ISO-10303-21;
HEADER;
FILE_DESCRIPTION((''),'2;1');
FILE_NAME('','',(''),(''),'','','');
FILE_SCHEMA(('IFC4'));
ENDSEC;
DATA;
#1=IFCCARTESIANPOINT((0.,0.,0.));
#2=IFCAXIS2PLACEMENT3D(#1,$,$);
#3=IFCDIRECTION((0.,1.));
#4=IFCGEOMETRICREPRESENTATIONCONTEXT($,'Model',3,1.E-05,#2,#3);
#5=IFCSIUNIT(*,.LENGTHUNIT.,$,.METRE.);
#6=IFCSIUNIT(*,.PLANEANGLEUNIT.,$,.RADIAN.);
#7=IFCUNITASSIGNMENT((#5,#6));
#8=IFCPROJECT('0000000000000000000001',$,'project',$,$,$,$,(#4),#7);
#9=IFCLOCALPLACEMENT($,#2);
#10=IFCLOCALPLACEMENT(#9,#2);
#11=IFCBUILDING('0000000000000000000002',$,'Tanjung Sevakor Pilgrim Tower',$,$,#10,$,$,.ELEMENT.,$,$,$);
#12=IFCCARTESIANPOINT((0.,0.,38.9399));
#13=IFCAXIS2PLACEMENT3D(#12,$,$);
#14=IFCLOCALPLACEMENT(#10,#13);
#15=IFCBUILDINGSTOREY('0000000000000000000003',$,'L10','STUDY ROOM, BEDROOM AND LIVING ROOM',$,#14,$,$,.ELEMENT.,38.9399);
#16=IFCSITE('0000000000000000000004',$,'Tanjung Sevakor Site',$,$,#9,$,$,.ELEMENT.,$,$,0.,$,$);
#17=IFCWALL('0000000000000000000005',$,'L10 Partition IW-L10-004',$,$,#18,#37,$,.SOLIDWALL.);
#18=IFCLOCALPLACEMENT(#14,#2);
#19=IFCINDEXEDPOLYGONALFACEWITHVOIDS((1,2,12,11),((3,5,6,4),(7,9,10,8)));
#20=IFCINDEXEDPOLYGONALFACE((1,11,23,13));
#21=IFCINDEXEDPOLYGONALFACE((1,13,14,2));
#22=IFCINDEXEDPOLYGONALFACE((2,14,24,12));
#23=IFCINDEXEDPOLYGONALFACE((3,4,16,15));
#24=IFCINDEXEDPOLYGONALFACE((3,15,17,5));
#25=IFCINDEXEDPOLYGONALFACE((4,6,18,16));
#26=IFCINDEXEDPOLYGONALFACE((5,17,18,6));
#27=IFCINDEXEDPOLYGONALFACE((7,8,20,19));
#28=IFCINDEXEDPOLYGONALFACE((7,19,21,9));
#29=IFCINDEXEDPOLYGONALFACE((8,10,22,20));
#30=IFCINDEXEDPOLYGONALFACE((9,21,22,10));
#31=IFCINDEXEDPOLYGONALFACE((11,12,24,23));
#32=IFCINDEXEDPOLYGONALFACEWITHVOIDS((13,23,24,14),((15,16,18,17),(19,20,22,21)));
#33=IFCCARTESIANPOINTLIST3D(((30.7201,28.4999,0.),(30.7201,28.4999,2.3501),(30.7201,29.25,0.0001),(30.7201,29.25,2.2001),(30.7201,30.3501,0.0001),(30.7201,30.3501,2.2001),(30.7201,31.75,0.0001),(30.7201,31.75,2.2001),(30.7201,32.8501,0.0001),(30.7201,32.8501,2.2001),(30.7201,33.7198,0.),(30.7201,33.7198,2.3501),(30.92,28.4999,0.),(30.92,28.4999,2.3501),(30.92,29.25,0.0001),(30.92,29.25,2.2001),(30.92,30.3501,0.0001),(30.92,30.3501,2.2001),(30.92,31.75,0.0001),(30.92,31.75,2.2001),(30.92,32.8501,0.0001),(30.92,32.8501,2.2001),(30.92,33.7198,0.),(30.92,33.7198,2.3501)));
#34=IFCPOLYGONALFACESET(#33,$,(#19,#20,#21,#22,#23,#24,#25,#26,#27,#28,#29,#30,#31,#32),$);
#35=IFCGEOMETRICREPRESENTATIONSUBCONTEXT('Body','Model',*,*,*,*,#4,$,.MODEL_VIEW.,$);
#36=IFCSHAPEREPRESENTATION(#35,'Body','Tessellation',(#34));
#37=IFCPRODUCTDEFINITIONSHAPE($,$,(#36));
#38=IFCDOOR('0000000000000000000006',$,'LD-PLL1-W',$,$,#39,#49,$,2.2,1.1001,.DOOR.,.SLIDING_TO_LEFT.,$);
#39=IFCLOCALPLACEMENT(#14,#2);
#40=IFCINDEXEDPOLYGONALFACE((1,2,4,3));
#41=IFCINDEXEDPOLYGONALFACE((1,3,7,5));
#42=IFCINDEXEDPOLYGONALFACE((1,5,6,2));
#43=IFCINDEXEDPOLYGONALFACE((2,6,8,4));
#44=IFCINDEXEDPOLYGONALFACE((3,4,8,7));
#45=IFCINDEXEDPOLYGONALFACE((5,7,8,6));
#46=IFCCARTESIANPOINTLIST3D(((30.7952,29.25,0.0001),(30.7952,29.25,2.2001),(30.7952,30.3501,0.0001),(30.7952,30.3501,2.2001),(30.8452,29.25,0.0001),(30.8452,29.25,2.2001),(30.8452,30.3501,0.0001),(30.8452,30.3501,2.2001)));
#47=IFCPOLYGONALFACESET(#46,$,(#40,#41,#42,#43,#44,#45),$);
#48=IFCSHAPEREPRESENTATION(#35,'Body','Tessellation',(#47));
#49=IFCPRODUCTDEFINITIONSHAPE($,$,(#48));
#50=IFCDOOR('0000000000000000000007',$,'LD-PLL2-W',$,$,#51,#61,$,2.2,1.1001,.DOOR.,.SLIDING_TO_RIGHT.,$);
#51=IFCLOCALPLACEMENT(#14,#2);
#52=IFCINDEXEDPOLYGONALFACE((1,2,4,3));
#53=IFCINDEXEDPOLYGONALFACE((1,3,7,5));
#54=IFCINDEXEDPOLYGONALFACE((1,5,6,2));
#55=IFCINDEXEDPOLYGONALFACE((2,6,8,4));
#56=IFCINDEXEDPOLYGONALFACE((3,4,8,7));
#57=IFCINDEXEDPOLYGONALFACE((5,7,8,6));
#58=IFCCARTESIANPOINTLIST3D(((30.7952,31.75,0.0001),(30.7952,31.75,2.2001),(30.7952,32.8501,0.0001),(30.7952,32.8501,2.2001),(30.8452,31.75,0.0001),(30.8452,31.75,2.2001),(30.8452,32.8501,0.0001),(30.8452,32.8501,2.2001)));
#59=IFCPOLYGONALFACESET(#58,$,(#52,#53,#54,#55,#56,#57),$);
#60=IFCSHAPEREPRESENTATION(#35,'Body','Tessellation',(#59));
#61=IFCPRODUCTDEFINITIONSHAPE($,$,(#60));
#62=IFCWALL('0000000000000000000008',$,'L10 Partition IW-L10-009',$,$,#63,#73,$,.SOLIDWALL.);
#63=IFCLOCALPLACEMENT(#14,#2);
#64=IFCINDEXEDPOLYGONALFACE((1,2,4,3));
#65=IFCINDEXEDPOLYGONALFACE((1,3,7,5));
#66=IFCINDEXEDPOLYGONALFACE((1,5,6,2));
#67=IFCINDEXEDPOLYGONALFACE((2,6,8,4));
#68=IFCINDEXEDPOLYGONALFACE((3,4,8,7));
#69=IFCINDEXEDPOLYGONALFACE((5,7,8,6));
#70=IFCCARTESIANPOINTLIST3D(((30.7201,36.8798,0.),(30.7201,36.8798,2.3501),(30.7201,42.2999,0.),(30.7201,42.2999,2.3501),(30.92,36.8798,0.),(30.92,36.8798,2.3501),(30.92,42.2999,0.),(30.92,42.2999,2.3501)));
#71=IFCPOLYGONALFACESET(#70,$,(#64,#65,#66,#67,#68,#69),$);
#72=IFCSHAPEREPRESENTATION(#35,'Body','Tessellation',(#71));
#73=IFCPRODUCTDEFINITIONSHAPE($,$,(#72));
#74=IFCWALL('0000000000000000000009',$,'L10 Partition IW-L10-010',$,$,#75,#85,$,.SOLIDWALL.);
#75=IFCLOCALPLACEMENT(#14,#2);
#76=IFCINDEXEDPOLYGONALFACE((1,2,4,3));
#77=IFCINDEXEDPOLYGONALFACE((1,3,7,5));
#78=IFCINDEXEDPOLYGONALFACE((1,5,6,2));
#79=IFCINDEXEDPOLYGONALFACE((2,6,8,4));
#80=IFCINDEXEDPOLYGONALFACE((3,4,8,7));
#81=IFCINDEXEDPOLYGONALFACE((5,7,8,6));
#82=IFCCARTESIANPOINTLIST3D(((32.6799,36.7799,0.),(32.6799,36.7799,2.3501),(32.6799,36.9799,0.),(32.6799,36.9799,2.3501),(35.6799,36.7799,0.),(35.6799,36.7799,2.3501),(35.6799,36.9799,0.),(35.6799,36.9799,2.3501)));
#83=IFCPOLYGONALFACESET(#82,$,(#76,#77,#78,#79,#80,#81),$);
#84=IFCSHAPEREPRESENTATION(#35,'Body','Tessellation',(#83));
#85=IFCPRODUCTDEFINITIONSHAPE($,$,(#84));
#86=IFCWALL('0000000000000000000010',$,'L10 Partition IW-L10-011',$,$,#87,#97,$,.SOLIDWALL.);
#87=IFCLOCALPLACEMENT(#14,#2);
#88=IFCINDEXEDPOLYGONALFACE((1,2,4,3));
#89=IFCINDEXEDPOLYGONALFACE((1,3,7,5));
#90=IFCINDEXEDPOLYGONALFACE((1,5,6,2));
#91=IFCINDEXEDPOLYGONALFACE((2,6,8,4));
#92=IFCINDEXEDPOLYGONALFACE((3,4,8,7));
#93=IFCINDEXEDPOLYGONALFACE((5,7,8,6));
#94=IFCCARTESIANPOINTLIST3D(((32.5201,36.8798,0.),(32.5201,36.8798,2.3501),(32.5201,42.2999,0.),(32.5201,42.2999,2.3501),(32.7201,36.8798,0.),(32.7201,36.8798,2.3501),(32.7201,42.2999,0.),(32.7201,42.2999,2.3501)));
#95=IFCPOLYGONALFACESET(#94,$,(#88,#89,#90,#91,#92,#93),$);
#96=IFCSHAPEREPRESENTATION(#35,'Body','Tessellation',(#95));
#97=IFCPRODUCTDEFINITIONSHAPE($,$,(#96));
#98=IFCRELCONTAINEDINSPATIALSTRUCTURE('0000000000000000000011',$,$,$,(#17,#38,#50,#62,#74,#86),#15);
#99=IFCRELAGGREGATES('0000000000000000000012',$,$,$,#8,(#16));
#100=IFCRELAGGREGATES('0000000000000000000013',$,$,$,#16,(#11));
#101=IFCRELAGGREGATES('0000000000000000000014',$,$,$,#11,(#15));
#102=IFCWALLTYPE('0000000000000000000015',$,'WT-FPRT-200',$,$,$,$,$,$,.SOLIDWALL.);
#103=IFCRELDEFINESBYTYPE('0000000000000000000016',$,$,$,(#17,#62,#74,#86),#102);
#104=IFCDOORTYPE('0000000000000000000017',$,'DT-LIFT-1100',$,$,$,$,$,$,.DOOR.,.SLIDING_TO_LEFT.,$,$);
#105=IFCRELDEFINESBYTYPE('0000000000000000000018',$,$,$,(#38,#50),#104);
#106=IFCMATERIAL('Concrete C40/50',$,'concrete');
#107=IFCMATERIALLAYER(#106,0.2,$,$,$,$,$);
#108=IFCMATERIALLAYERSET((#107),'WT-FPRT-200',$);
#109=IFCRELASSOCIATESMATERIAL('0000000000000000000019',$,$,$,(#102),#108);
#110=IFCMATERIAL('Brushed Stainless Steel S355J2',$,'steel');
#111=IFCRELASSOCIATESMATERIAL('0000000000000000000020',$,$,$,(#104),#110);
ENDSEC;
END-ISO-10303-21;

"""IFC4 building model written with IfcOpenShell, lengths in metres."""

from ifc_helpers import new_model, si_unit, direction, frame, frame_2d, origin, place, context, subcontext, project, spatial, rectangle, extrude, material, layer, layer_set, type_object, element, fill, save


model = new_model("IFC4")

# Units and contexts
model_context = context("Model", 3, precision=1e-05, world=origin(), true_north=direction((0.0, 1.0)))
body_context = subcontext(model_context, "Body", "Model", "MODEL_VIEW")
ifc_project = project(units=[si_unit("LENGTHUNIT", "METRE"), si_unit("PLANEANGLEUNIT", "RADIAN")], contexts=[model_context])

# Site, building, storey
site_placement = place(None, origin())
site = spatial("IfcSite", under=ifc_project, at=site_placement, Name="Tanjung Sevakor Site", CompositionType="ELEMENT", RefElevation=0.0)
building_placement = place(site_placement, origin())
building = spatial("IfcBuilding", under=site, at=building_placement, Name="Tanjung Sevakor Pilgrim Tower", CompositionType="ELEMENT")
storey_placement = place(building_placement, frame((0.0, 0.0, 38.9399)))
storey = spatial("IfcBuildingStorey", under=building, at=storey_placement, Name="L10", Description="STUDY ROOM, BEDROOM AND LIVING ROOM", CompositionType="ELEMENT", Elevation=38.9399)

# Shared definitions
ifc_material_1 = material(Name="Concrete C40/50", Category="concrete")
ifc_layer_1 = layer(ifc_material_1, 0.2)
ifc_layer_set_1 = layer_set([ifc_layer_1], Name="WT-FPRT-200")
wall_type_1 = type_object("IfcWallType", Name="WT-FPRT-200", PredefinedType="SOLIDWALL", material=ifc_layer_set_1)
ifc_material_2 = material(Name="Brushed Stainless Steel S355J2", Category="steel")
door_type_1 = type_object("IfcDoorType", Name="DT-LIFT-1100", OperationType="SLIDING_TO_LEFT", PredefinedType="DOOR", material=ifc_material_2)

# Wall, openings, doors
wall_1_placement = place(storey_placement, frame((30.8201, 28.5, 0.0), z_axis=(0.0, 0.0, 1.0), x_axis=(0.0, 1.0, 0.0)))
wall_1 = element("IfcWall", 1, at=wall_1_placement, inside=storey, type_object=wall_type_1, Name="L10 Partition IW-L10-004", PredefinedType="SOLIDWALL", context=body_context, shape_type="SweptSolid", body=[
    extrude(rectangle(XDim=5.22, YDim=0.2, at=frame_2d((2.6099, 0.0))), origin(), (0.0, 0.0, 1.0), 2.3501),
])
opening_1_placement = place(wall_1_placement, frame((0.75, 0.0, 0.0)))
opening_1 = element("IfcOpeningElement", 2, at=opening_1_placement, cuts=wall_1, PredefinedType="OPENING", context=body_context, shape_type="SweptSolid", body=[
    extrude(rectangle(XDim=1.1001, YDim=2.2, at=frame_2d((0.55, 1.1001))), frame((0.0, 0.1099, 0.0), z_axis=(0.0, -1.0, 0.0), x_axis=(1.0, 0.0, 0.0)), (0.0, 0.0, 1.0), 0.22),
])
opening_2_placement = place(wall_1_placement, frame((3.25, 0.0, 0.0)))
opening_2 = element("IfcOpeningElement", 3, at=opening_2_placement, cuts=wall_1, PredefinedType="OPENING", context=body_context, shape_type="SweptSolid", body=[
    extrude(rectangle(XDim=1.1001, YDim=2.2, at=frame_2d((0.55, 1.1001))), frame((0.0, 0.1099, 0.0), z_axis=(0.0, -1.0, 0.0), x_axis=(1.0, 0.0, 0.0)), (0.0, 0.0, 1.0), 0.22),
])
door_1_placement = place(opening_1_placement, origin())
door_1 = element("IfcDoor", 4, at=door_1_placement, inside=storey, type_object=door_type_1, Name="LD-PLL1-W", OperationType="SLIDING_TO_LEFT", OverallHeight=2.2, OverallWidth=1.1001, PredefinedType="DOOR", context=body_context, shape_type="SweptSolid", body=[
    extrude(rectangle(XDim=1.1001, YDim=2.2, at=frame_2d((0.55, 1.1001))), frame((0.0, 0.0249, 0.0), z_axis=(0.0, -1.0, 0.0), x_axis=(1.0, 0.0, 0.0)), (0.0, 0.0, 1.0), 0.05),
])
fill(opening_1, door_1)
door_2_placement = place(opening_2_placement, origin())
door_2 = element("IfcDoor", 5, at=door_2_placement, inside=storey, type_object=door_type_1, Name="LD-PLL2-W", OperationType="SLIDING_TO_RIGHT", OverallHeight=2.2, OverallWidth=1.1001, PredefinedType="DOOR", context=body_context, shape_type="SweptSolid", body=[
    extrude(rectangle(XDim=1.1001, YDim=2.2, at=frame_2d((0.55, 1.1001))), frame((0.0, 0.0249, 0.0), z_axis=(0.0, -1.0, 0.0), x_axis=(1.0, 0.0, 0.0)), (0.0, 0.0, 1.0), 0.05),
])
fill(opening_2, door_2)

# Walls
wall_2_placement = place(storey_placement, frame((30.8201, 36.8799, 0.0), z_axis=(0.0, 0.0, 1.0), x_axis=(0.0, 1.0, 0.0)))
element("IfcWall", 6, at=wall_2_placement, inside=storey, type_object=wall_type_1, Name="L10 Partition IW-L10-009", PredefinedType="SOLIDWALL", context=body_context, shape_type="SweptSolid", body=[
    extrude(rectangle(XDim=5.4202, YDim=0.2, at=frame_2d((2.71, 0.0))), origin(), (0.0, 0.0, 1.0), 2.3501),
])
wall_3_placement = place(storey_placement, frame((32.6799, 36.8799, 0.0), z_axis=(0.0, 0.0, 1.0), x_axis=(1.0, 0.0, 0.0)))
element("IfcWall", 7, at=wall_3_placement, inside=storey, type_object=wall_type_1, Name="L10 Partition IW-L10-010", PredefinedType="SOLIDWALL", context=body_context, shape_type="SweptSolid", body=[
    extrude(rectangle(XDim=3.0, YDim=0.2, at=frame_2d((1.5, 0.0))), origin(), (0.0, 0.0, 1.0), 2.3501),
])
wall_4_placement = place(storey_placement, frame((32.6201, 36.8799, 0.0), z_axis=(0.0, 0.0, 1.0), x_axis=(0.0, 1.0, 0.0)))
element("IfcWall", 8, at=wall_4_placement, inside=storey, type_object=wall_type_1, Name="L10 Partition IW-L10-011", PredefinedType="SOLIDWALL", context=body_context, shape_type="SweptSolid", body=[
    extrude(rectangle(XDim=5.4202, YDim=0.2, at=frame_2d((2.71, 0.0))), origin(), (0.0, 0.0, 1.0), 2.3501),
])

save(model, "model.ifc")
